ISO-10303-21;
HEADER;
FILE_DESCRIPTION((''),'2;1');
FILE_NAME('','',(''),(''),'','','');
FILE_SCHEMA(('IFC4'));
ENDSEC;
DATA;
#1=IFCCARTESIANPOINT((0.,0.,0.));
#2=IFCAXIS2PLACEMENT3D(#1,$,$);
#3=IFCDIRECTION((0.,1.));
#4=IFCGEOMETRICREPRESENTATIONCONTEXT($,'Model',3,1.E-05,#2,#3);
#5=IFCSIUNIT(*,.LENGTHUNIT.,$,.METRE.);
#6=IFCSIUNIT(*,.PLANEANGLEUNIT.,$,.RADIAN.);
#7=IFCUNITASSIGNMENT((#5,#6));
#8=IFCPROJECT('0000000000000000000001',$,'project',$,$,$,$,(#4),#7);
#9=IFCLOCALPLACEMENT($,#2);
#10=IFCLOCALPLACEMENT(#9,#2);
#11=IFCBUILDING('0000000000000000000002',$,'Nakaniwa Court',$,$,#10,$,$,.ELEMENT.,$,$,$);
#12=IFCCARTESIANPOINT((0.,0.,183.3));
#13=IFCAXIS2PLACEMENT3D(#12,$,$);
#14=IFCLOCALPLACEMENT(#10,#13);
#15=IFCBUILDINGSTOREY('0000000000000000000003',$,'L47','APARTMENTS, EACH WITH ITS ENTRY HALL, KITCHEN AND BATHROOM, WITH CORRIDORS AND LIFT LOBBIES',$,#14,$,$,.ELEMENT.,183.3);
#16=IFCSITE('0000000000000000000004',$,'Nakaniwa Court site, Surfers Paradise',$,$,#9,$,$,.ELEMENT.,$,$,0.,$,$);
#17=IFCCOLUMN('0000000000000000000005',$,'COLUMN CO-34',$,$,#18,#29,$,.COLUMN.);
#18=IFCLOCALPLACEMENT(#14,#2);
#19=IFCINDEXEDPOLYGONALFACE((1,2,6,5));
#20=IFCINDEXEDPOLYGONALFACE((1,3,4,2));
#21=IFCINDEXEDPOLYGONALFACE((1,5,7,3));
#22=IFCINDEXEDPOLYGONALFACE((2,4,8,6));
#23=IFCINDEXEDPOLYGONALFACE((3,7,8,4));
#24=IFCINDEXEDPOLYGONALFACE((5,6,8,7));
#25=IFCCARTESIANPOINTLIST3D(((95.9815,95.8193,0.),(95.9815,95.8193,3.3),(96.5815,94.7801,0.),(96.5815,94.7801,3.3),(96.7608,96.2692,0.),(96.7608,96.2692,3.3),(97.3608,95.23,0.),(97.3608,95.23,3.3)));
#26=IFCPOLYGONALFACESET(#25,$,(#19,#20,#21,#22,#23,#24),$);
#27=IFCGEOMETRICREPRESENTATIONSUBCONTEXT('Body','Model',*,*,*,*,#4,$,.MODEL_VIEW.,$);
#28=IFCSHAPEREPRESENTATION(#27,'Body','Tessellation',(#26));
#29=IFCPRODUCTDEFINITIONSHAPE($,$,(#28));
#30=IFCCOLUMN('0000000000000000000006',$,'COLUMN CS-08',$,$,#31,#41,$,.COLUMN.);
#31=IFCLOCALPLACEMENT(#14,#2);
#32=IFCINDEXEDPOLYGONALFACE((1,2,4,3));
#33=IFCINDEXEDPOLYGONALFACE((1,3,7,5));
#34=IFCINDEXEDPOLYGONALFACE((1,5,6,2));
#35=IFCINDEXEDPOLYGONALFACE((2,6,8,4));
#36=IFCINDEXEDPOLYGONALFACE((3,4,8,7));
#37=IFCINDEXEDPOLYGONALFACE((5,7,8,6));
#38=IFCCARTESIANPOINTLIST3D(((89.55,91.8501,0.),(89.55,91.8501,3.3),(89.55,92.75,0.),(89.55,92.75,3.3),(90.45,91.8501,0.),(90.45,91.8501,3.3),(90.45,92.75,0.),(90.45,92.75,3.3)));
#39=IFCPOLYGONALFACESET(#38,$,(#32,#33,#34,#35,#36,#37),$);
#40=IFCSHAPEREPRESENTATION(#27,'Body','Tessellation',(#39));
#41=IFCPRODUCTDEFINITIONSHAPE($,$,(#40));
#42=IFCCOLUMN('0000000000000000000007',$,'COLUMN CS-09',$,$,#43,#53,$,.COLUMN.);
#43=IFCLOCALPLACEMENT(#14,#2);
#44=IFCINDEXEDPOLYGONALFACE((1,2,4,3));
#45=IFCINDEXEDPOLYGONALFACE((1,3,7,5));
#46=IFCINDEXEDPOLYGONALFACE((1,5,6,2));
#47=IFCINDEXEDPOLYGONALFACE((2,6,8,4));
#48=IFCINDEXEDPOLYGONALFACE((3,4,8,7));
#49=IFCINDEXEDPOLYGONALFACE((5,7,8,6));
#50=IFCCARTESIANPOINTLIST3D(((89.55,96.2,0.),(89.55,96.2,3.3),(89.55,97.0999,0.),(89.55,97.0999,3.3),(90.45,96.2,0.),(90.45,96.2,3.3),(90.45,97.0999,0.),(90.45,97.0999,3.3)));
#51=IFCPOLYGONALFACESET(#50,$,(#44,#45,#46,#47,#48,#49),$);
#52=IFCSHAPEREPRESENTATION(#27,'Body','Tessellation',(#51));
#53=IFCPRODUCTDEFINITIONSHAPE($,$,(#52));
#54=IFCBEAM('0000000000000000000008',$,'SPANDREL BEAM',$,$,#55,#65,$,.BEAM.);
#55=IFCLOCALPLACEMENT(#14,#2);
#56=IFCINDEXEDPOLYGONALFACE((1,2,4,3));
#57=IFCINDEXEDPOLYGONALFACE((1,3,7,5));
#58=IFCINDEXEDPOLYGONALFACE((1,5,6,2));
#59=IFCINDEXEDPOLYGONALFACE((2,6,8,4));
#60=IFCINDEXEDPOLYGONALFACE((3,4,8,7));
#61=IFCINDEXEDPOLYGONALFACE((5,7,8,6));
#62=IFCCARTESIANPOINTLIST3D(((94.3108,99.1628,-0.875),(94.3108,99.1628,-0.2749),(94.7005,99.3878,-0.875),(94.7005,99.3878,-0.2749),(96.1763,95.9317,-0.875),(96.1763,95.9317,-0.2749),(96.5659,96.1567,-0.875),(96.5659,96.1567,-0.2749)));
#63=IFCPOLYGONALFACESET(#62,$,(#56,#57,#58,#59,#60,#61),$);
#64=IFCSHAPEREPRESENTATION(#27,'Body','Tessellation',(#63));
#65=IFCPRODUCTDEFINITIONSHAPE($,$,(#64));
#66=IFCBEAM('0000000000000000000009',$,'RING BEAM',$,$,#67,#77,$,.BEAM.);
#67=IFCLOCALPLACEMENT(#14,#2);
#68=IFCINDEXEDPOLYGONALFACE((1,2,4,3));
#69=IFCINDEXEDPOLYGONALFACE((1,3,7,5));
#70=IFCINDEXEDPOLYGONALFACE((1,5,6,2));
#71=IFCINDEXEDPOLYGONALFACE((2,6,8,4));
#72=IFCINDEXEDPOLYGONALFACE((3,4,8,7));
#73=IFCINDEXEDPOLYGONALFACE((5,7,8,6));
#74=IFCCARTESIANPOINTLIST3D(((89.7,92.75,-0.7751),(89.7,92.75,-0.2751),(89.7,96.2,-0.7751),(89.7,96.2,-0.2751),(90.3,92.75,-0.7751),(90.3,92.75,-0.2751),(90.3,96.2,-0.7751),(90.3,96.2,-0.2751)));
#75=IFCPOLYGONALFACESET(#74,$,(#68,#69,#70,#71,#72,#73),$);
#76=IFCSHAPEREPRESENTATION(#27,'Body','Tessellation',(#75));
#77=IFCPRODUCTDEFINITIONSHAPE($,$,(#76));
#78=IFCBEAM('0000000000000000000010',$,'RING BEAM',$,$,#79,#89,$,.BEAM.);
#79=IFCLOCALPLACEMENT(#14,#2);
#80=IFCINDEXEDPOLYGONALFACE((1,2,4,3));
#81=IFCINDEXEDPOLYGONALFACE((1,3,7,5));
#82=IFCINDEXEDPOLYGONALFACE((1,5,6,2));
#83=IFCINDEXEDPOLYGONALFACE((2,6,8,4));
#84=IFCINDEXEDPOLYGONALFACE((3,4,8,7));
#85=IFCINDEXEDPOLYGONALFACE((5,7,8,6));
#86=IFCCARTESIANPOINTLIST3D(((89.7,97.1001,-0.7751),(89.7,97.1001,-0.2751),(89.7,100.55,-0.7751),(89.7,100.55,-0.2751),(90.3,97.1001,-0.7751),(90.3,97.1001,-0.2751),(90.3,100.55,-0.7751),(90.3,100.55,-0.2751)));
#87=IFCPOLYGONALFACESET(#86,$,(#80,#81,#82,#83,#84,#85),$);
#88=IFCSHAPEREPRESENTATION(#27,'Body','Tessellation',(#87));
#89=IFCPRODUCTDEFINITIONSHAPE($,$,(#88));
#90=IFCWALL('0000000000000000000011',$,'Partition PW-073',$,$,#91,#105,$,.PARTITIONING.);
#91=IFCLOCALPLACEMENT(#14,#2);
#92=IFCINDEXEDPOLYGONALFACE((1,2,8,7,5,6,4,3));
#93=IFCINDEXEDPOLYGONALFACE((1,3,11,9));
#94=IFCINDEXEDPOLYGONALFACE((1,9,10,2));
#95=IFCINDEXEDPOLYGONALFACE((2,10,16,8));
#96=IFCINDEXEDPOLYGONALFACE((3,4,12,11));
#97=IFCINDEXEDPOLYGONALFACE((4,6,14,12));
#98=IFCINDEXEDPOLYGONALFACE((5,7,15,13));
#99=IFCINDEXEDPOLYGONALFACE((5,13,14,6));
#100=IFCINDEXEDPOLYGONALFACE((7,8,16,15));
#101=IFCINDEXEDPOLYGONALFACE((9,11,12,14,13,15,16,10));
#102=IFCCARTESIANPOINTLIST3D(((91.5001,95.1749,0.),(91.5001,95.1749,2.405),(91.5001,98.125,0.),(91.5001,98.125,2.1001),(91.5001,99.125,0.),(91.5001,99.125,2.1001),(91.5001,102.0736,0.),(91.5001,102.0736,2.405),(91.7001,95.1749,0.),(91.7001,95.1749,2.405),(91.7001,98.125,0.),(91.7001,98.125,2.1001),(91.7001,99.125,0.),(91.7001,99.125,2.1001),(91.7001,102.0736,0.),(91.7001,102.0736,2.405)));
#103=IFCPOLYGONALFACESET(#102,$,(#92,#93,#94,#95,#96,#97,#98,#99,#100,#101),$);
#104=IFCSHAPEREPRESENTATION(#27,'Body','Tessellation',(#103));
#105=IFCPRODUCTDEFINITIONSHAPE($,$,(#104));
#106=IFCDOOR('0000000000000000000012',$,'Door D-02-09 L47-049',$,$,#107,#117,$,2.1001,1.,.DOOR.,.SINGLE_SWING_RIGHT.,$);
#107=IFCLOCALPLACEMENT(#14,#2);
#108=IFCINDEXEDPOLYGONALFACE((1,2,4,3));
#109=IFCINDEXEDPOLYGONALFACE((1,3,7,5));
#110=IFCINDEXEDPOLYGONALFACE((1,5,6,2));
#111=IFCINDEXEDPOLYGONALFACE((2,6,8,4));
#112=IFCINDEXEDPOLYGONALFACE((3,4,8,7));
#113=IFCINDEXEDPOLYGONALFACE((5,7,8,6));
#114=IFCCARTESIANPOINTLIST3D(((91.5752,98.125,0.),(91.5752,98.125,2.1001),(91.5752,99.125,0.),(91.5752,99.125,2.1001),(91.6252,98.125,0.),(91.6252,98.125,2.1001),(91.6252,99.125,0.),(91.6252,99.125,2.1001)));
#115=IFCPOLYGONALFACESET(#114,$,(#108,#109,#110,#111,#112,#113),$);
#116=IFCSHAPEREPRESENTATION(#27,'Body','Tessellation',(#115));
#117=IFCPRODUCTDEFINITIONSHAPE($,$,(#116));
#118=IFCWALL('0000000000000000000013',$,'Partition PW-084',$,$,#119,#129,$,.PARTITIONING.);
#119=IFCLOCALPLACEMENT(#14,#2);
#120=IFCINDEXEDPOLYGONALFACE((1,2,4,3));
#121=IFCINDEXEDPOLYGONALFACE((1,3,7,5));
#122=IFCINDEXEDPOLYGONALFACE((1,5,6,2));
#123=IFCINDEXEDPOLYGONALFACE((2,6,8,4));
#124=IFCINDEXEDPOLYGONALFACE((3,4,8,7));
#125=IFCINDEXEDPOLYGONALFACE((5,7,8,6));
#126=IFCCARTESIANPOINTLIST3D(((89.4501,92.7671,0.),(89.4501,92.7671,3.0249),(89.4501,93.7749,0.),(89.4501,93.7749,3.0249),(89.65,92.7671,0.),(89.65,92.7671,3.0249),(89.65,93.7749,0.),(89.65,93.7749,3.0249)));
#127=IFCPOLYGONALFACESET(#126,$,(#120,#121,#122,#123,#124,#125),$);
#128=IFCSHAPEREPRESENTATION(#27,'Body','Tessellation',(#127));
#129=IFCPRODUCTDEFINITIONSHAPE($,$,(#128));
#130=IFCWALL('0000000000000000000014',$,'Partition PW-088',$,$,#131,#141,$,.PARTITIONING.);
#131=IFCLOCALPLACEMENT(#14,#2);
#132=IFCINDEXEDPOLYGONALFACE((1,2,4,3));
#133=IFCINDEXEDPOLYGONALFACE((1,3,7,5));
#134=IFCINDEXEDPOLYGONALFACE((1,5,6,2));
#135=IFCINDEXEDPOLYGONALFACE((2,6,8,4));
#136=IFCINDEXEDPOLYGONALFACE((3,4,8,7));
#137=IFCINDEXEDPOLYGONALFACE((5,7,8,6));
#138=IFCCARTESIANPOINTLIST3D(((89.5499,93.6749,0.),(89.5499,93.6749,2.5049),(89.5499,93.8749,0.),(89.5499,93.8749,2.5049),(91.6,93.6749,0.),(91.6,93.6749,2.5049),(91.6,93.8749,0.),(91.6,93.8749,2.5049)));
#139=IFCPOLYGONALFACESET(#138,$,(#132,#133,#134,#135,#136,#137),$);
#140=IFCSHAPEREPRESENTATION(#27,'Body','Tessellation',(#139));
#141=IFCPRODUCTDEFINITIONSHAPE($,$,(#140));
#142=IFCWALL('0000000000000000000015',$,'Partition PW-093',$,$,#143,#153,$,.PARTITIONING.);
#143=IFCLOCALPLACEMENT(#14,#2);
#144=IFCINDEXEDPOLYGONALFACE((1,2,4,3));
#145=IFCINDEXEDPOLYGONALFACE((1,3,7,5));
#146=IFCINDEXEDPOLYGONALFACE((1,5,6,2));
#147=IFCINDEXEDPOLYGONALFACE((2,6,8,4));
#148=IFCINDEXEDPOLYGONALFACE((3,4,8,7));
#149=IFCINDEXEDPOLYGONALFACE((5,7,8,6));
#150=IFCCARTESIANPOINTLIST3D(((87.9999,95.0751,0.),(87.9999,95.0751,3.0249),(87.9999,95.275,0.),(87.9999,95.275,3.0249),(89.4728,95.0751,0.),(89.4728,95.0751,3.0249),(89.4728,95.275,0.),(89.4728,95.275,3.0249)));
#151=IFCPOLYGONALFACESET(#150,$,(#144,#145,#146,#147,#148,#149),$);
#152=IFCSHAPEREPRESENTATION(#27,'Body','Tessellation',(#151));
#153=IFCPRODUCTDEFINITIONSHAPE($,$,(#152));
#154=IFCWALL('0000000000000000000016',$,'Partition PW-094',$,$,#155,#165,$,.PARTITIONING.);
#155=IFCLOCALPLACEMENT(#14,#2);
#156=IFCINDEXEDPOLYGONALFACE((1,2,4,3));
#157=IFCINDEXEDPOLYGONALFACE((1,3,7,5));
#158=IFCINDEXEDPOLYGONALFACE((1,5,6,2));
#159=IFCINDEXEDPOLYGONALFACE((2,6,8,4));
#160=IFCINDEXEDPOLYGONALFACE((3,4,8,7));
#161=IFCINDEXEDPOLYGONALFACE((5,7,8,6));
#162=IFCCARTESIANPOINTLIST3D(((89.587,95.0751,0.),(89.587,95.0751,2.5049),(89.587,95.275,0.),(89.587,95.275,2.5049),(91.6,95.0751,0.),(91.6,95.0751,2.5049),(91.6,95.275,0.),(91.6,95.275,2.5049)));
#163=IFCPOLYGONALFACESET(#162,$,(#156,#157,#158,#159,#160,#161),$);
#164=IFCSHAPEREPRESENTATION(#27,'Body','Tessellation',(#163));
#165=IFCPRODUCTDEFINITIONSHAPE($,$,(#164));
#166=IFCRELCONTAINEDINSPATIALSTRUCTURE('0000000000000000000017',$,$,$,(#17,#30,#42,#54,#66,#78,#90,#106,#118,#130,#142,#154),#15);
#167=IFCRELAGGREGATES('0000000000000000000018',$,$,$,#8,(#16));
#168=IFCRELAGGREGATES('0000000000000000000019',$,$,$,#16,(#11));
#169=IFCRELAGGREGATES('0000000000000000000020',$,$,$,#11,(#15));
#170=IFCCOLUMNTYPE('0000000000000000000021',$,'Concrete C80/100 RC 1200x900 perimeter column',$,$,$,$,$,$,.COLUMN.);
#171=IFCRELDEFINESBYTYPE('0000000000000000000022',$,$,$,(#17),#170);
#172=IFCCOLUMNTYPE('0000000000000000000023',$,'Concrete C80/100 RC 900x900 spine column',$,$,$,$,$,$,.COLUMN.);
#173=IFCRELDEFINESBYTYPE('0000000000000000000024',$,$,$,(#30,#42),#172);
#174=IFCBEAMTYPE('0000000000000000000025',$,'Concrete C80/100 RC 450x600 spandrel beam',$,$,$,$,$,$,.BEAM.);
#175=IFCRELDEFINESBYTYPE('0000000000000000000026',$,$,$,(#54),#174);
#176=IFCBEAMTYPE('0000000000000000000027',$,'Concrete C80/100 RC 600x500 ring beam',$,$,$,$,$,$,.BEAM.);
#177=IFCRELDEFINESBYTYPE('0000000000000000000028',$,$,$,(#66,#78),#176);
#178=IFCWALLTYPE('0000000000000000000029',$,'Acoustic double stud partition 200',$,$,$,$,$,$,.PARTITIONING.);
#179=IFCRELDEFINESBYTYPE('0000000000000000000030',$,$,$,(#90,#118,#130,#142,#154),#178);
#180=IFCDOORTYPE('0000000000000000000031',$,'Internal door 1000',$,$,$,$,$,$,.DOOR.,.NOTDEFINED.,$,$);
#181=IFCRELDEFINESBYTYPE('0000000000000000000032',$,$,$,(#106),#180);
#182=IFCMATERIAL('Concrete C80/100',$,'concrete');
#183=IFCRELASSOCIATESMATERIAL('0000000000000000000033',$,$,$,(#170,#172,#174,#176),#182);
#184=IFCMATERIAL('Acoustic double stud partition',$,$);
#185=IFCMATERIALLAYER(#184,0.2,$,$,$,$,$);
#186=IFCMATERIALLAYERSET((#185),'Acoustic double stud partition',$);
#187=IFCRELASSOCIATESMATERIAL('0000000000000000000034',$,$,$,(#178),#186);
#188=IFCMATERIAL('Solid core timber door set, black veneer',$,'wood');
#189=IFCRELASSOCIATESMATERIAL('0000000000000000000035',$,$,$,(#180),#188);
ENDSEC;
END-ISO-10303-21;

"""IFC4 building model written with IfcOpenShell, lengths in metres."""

from ifc_helpers import new_model, si_unit, direction, frame, frame_2d, origin, origin_2d, place, context, subcontext, project, spatial, rectangle, extrude, material, layer, layer_set, material_profile, profile_set, type_object, element, fill, save


model = new_model("IFC4")

# Units and contexts
model_context = context("Model", 3, precision=1e-05, world=origin(), true_north=direction((0.0, 1.0)))
body_context = subcontext(model_context, "Body", "Model", "MODEL_VIEW")
ifc_project = project(units=[si_unit("LENGTHUNIT", "METRE"), si_unit("PLANEANGLEUNIT", "RADIAN")], contexts=[model_context])

# Site, building, storey
site_placement = place(None, origin())
site = spatial("IfcSite", under=ifc_project, at=site_placement, Name="Nakaniwa Court site, Surfers Paradise", CompositionType="ELEMENT", RefElevation=0.0)
building_placement = place(site_placement, origin())
building = spatial("IfcBuilding", under=site, at=building_placement, Name="Nakaniwa Court", CompositionType="ELEMENT")
storey_placement = place(building_placement, frame((0.0, 0.0, 183.3)))
storey = spatial("IfcBuildingStorey", under=building, at=storey_placement, Name="L47", Description="APARTMENTS, EACH WITH ITS ENTRY HALL, KITCHEN AND BATHROOM, WITH CORRIDORS AND LIFT LOBBIES", CompositionType="ELEMENT", Elevation=183.3)

# Columns
ifc_material_1 = material(Name="Concrete C80/100", Category="concrete")
ifc_material_profile_1 = material_profile(ifc_material_1, rectangle(XDim=1.2, YDim=0.8999, at=origin_2d()), Name="Concrete C80/100 RC 1200x900 perimeter column")
ifc_profile_set_1 = profile_set([ifc_material_profile_1], Name="Concrete C80/100")
column_type_1 = type_object("IfcColumnType", Name="Concrete C80/100 RC 1200x900 perimeter column", PredefinedType="COLUMN", material=ifc_profile_set_1)
column_placement = place(storey_placement, frame((96.6711, 95.5247, 0.0), z_axis=(0.0, 0.0, 1.0), x_axis=(-0.5, 0.866025, 0.0)))
element("IfcColumn", 1, at=column_placement, inside=storey, type_object=column_type_1, Name="COLUMN CO-34", PredefinedType="COLUMN", context=body_context, shape_type="SweptSolid", body=[
    extrude(rectangle(XDim=1.2, YDim=0.8999, at=origin_2d()), origin(), (0.0, 0.0, 1.0), 3.3),
])
ifc_material_profile_2 = material_profile(ifc_material_1, rectangle(XDim=0.8999, YDim=0.8999, at=origin_2d()), Name="Concrete C80/100 RC 900x900 spine column")
ifc_profile_set_2 = profile_set([ifc_material_profile_2], Name="Concrete C80/100")
column_type_2 = type_object("IfcColumnType", Name="Concrete C80/100 RC 900x900 spine column", PredefinedType="COLUMN", material=ifc_profile_set_2)
for number, where, z_axis, x_axis, name in (
    (2, (90.0, 92.3, 0.0), (0.0, 0.0, 1.0), (0.0, 1.0, 0.0), "COLUMN CS-08"),
    (3, (90.0, 96.6499, 0.0), (0.0, 0.0, 1.0), (0.0, 1.0, 0.0), "COLUMN CS-09"),
):
    element("IfcColumn", number, at=place(storey_placement, frame(where, z_axis=z_axis, x_axis=x_axis)), inside=storey, type_object=column_type_2, Name=name, PredefinedType="COLUMN", context=body_context, shape_type="SweptSolid", body=[
        extrude(rectangle(XDim=0.8999, YDim=0.8999, at=origin_2d()), origin(), (0.0, 0.0, 1.0), 3.3),
    ])

# Beams
ifc_material_profile_3 = material_profile(ifc_material_1, rectangle(XDim=0.45, YDim=0.6001, at=origin_2d()), Name="Concrete C80/100 RC 450x600 spandrel beam")
ifc_profile_set_3 = profile_set([ifc_material_profile_3], Name="Concrete C80/100")
beam_type_1 = type_object("IfcBeamType", Name="Concrete C80/100 RC 450x600 spandrel beam", PredefinedType="BEAM", material=ifc_profile_set_3)
beam_placement = place(storey_placement, frame((96.3711, 96.0442, -0.575), z_axis=(-0.499989, 0.866032, 0.0), x_axis=(-0.866032, -0.499989, 0.0)))
element("IfcBeam", 4, at=beam_placement, inside=storey, type_object=beam_type_1, Name="SPANDREL BEAM", PredefinedType="BEAM", context=body_context, shape_type="SweptSolid", body=[
    extrude(rectangle(XDim=0.45, YDim=0.6001, at=origin_2d()), origin(), (0.0, 0.0, 1.0), 3.731),
])
ifc_material_profile_4 = material_profile(ifc_material_1, rectangle(XDim=0.6001, YDim=0.5, at=origin_2d()), Name="Concrete C80/100 RC 600x500 ring beam")
ifc_profile_set_4 = profile_set([ifc_material_profile_4], Name="Concrete C80/100")
beam_type_2 = type_object("IfcBeamType", Name="Concrete C80/100 RC 600x500 ring beam", PredefinedType="BEAM", material=ifc_profile_set_4)
for number, where, z_axis, x_axis, name in (
    (5, (90.0, 92.75, -0.5251), (0.0, 1.0, 0.0), (-1.0, 0.0, 0.0), "RING BEAM"),
    (6, (90.0, 97.1001, -0.5251), (0.0, 1.0, 0.0), (-1.0, 0.0, 0.0), "RING BEAM"),
):
    element("IfcBeam", number, at=place(storey_placement, frame(where, z_axis=z_axis, x_axis=x_axis)), inside=storey, type_object=beam_type_2, Name=name, PredefinedType="BEAM", context=body_context, shape_type="SweptSolid", body=[
        extrude(rectangle(XDim=0.6001, YDim=0.5, at=origin_2d()), origin(), (0.0, 0.0, 1.0), 3.45),
    ])

# Wall, opening, door
ifc_material_2 = material(Name="Acoustic double stud partition")
ifc_layer_1 = layer(ifc_material_2, 0.2)
ifc_layer_set_1 = layer_set([ifc_layer_1], Name="Acoustic double stud partition")
wall_type_1 = type_object("IfcWallType", Name="Acoustic double stud partition 200", PredefinedType="PARTITIONING", material=ifc_layer_set_1)
wall_1_placement = place(storey_placement, frame((91.6001, 95.175, 0.0), z_axis=(0.0, 0.0, 1.0), x_axis=(0.0, 1.0, 0.0)))
wall_1 = element("IfcWall", 7, at=wall_1_placement, inside=storey, type_object=wall_type_1, Name="Partition PW-073", PredefinedType="PARTITIONING", context=body_context, shape_type="SweptSolid", body=[
    extrude(rectangle(XDim=6.8987, YDim=0.2, at=frame_2d((3.4492, 0.0))), origin(), (0.0, 0.0, 1.0), 2.405),
])
opening_1_placement = place(wall_1_placement, frame((2.95, 0.0, 0.0)))
opening_1 = element("IfcOpeningElement", 8, at=opening_1_placement, cuts=wall_1, PredefinedType="OPENING", context=body_context, shape_type="SweptSolid", body=[
    extrude(rectangle(XDim=1.0, YDim=2.1001, at=frame_2d((0.5, 1.05))), frame((0.0, 0.1099, 0.0), z_axis=(0.0, -1.0, 0.0), x_axis=(1.0, 0.0, 0.0)), (0.0, 0.0, 1.0), 0.22),
])
ifc_material_3 = material(Name="Solid core timber door set, black veneer", Category="wood")
door_type = type_object("IfcDoorType", Name="Internal door 1000", OperationType="NOTDEFINED", PredefinedType="DOOR", material=ifc_material_3)
door_placement = place(opening_1_placement, origin())
door = element("IfcDoor", 9, at=door_placement, inside=storey, type_object=door_type, Name="Door D-02-09 L47-049", OperationType="SINGLE_SWING_RIGHT", OverallHeight=2.1001, OverallWidth=1.0, PredefinedType="DOOR", context=body_context, shape_type="SweptSolid", body=[
    extrude(rectangle(XDim=1.0, YDim=2.1001, at=frame_2d((0.5, 1.05))), frame((0.0, 0.0249, 0.0), z_axis=(0.0, -1.0, 0.0), x_axis=(1.0, 0.0, 0.0)), (0.0, 0.0, 1.0), 0.05),
])
fill(opening_1, door)

# Walls
wall_2_placement = place(storey_placement, frame((89.55, 92.7671, 0.0), z_axis=(0.0, 0.0, 1.0), x_axis=(0.0, 1.0, 0.0)))
element("IfcWall", 10, at=wall_2_placement, inside=storey, type_object=wall_type_1, Name="Partition PW-084", PredefinedType="PARTITIONING", context=body_context, shape_type="SweptSolid", body=[
    extrude(rectangle(XDim=1.0078, YDim=0.2, at=frame_2d((0.5039, 0.0))), origin(), (0.0, 0.0, 1.0), 3.0249),
])
wall_3_placement = place(storey_placement, frame((89.55, 93.7749, 0.0), z_axis=(0.0, 0.0, 1.0), x_axis=(1.0, 0.0, 0.0)))
element("IfcWall", 11, at=wall_3_placement, inside=storey, type_object=wall_type_1, Name="Partition PW-088", PredefinedType="PARTITIONING", context=body_context, shape_type="SweptSolid", body=[
    extrude(rectangle(XDim=2.05, YDim=0.2, at=frame_2d((1.0249, 0.0))), origin(), (0.0, 0.0, 1.0), 2.5049),
])
wall_4_placement = place(storey_placement, frame((88.0, 95.175, 0.0), z_axis=(0.0, 0.0, 1.0), x_axis=(1.0, 0.0, 0.0)))
element("IfcWall", 12, at=wall_4_placement, inside=storey, type_object=wall_type_1, Name="Partition PW-093", PredefinedType="PARTITIONING", context=body_context, shape_type="SweptSolid", body=[
    extrude(rectangle(XDim=1.4729, YDim=0.2, at=frame_2d((0.7363, 0.0))), origin(), (0.0, 0.0, 1.0), 3.0249),
])
wall_5_placement = place(storey_placement, frame((89.5872, 95.175, 0.0), z_axis=(0.0, 0.0, 1.0), x_axis=(1.0, 0.0, 0.0)))
element("IfcWall", 13, at=wall_5_placement, inside=storey, type_object=wall_type_1, Name="Partition PW-094", PredefinedType="PARTITIONING", context=body_context, shape_type="SweptSolid", body=[
    extrude(rectangle(XDim=2.0129, YDim=0.2, at=frame_2d((1.0063, 0.0))), origin(), (0.0, 0.0, 1.0), 2.5049),
])

save(model, "model.ifc")
